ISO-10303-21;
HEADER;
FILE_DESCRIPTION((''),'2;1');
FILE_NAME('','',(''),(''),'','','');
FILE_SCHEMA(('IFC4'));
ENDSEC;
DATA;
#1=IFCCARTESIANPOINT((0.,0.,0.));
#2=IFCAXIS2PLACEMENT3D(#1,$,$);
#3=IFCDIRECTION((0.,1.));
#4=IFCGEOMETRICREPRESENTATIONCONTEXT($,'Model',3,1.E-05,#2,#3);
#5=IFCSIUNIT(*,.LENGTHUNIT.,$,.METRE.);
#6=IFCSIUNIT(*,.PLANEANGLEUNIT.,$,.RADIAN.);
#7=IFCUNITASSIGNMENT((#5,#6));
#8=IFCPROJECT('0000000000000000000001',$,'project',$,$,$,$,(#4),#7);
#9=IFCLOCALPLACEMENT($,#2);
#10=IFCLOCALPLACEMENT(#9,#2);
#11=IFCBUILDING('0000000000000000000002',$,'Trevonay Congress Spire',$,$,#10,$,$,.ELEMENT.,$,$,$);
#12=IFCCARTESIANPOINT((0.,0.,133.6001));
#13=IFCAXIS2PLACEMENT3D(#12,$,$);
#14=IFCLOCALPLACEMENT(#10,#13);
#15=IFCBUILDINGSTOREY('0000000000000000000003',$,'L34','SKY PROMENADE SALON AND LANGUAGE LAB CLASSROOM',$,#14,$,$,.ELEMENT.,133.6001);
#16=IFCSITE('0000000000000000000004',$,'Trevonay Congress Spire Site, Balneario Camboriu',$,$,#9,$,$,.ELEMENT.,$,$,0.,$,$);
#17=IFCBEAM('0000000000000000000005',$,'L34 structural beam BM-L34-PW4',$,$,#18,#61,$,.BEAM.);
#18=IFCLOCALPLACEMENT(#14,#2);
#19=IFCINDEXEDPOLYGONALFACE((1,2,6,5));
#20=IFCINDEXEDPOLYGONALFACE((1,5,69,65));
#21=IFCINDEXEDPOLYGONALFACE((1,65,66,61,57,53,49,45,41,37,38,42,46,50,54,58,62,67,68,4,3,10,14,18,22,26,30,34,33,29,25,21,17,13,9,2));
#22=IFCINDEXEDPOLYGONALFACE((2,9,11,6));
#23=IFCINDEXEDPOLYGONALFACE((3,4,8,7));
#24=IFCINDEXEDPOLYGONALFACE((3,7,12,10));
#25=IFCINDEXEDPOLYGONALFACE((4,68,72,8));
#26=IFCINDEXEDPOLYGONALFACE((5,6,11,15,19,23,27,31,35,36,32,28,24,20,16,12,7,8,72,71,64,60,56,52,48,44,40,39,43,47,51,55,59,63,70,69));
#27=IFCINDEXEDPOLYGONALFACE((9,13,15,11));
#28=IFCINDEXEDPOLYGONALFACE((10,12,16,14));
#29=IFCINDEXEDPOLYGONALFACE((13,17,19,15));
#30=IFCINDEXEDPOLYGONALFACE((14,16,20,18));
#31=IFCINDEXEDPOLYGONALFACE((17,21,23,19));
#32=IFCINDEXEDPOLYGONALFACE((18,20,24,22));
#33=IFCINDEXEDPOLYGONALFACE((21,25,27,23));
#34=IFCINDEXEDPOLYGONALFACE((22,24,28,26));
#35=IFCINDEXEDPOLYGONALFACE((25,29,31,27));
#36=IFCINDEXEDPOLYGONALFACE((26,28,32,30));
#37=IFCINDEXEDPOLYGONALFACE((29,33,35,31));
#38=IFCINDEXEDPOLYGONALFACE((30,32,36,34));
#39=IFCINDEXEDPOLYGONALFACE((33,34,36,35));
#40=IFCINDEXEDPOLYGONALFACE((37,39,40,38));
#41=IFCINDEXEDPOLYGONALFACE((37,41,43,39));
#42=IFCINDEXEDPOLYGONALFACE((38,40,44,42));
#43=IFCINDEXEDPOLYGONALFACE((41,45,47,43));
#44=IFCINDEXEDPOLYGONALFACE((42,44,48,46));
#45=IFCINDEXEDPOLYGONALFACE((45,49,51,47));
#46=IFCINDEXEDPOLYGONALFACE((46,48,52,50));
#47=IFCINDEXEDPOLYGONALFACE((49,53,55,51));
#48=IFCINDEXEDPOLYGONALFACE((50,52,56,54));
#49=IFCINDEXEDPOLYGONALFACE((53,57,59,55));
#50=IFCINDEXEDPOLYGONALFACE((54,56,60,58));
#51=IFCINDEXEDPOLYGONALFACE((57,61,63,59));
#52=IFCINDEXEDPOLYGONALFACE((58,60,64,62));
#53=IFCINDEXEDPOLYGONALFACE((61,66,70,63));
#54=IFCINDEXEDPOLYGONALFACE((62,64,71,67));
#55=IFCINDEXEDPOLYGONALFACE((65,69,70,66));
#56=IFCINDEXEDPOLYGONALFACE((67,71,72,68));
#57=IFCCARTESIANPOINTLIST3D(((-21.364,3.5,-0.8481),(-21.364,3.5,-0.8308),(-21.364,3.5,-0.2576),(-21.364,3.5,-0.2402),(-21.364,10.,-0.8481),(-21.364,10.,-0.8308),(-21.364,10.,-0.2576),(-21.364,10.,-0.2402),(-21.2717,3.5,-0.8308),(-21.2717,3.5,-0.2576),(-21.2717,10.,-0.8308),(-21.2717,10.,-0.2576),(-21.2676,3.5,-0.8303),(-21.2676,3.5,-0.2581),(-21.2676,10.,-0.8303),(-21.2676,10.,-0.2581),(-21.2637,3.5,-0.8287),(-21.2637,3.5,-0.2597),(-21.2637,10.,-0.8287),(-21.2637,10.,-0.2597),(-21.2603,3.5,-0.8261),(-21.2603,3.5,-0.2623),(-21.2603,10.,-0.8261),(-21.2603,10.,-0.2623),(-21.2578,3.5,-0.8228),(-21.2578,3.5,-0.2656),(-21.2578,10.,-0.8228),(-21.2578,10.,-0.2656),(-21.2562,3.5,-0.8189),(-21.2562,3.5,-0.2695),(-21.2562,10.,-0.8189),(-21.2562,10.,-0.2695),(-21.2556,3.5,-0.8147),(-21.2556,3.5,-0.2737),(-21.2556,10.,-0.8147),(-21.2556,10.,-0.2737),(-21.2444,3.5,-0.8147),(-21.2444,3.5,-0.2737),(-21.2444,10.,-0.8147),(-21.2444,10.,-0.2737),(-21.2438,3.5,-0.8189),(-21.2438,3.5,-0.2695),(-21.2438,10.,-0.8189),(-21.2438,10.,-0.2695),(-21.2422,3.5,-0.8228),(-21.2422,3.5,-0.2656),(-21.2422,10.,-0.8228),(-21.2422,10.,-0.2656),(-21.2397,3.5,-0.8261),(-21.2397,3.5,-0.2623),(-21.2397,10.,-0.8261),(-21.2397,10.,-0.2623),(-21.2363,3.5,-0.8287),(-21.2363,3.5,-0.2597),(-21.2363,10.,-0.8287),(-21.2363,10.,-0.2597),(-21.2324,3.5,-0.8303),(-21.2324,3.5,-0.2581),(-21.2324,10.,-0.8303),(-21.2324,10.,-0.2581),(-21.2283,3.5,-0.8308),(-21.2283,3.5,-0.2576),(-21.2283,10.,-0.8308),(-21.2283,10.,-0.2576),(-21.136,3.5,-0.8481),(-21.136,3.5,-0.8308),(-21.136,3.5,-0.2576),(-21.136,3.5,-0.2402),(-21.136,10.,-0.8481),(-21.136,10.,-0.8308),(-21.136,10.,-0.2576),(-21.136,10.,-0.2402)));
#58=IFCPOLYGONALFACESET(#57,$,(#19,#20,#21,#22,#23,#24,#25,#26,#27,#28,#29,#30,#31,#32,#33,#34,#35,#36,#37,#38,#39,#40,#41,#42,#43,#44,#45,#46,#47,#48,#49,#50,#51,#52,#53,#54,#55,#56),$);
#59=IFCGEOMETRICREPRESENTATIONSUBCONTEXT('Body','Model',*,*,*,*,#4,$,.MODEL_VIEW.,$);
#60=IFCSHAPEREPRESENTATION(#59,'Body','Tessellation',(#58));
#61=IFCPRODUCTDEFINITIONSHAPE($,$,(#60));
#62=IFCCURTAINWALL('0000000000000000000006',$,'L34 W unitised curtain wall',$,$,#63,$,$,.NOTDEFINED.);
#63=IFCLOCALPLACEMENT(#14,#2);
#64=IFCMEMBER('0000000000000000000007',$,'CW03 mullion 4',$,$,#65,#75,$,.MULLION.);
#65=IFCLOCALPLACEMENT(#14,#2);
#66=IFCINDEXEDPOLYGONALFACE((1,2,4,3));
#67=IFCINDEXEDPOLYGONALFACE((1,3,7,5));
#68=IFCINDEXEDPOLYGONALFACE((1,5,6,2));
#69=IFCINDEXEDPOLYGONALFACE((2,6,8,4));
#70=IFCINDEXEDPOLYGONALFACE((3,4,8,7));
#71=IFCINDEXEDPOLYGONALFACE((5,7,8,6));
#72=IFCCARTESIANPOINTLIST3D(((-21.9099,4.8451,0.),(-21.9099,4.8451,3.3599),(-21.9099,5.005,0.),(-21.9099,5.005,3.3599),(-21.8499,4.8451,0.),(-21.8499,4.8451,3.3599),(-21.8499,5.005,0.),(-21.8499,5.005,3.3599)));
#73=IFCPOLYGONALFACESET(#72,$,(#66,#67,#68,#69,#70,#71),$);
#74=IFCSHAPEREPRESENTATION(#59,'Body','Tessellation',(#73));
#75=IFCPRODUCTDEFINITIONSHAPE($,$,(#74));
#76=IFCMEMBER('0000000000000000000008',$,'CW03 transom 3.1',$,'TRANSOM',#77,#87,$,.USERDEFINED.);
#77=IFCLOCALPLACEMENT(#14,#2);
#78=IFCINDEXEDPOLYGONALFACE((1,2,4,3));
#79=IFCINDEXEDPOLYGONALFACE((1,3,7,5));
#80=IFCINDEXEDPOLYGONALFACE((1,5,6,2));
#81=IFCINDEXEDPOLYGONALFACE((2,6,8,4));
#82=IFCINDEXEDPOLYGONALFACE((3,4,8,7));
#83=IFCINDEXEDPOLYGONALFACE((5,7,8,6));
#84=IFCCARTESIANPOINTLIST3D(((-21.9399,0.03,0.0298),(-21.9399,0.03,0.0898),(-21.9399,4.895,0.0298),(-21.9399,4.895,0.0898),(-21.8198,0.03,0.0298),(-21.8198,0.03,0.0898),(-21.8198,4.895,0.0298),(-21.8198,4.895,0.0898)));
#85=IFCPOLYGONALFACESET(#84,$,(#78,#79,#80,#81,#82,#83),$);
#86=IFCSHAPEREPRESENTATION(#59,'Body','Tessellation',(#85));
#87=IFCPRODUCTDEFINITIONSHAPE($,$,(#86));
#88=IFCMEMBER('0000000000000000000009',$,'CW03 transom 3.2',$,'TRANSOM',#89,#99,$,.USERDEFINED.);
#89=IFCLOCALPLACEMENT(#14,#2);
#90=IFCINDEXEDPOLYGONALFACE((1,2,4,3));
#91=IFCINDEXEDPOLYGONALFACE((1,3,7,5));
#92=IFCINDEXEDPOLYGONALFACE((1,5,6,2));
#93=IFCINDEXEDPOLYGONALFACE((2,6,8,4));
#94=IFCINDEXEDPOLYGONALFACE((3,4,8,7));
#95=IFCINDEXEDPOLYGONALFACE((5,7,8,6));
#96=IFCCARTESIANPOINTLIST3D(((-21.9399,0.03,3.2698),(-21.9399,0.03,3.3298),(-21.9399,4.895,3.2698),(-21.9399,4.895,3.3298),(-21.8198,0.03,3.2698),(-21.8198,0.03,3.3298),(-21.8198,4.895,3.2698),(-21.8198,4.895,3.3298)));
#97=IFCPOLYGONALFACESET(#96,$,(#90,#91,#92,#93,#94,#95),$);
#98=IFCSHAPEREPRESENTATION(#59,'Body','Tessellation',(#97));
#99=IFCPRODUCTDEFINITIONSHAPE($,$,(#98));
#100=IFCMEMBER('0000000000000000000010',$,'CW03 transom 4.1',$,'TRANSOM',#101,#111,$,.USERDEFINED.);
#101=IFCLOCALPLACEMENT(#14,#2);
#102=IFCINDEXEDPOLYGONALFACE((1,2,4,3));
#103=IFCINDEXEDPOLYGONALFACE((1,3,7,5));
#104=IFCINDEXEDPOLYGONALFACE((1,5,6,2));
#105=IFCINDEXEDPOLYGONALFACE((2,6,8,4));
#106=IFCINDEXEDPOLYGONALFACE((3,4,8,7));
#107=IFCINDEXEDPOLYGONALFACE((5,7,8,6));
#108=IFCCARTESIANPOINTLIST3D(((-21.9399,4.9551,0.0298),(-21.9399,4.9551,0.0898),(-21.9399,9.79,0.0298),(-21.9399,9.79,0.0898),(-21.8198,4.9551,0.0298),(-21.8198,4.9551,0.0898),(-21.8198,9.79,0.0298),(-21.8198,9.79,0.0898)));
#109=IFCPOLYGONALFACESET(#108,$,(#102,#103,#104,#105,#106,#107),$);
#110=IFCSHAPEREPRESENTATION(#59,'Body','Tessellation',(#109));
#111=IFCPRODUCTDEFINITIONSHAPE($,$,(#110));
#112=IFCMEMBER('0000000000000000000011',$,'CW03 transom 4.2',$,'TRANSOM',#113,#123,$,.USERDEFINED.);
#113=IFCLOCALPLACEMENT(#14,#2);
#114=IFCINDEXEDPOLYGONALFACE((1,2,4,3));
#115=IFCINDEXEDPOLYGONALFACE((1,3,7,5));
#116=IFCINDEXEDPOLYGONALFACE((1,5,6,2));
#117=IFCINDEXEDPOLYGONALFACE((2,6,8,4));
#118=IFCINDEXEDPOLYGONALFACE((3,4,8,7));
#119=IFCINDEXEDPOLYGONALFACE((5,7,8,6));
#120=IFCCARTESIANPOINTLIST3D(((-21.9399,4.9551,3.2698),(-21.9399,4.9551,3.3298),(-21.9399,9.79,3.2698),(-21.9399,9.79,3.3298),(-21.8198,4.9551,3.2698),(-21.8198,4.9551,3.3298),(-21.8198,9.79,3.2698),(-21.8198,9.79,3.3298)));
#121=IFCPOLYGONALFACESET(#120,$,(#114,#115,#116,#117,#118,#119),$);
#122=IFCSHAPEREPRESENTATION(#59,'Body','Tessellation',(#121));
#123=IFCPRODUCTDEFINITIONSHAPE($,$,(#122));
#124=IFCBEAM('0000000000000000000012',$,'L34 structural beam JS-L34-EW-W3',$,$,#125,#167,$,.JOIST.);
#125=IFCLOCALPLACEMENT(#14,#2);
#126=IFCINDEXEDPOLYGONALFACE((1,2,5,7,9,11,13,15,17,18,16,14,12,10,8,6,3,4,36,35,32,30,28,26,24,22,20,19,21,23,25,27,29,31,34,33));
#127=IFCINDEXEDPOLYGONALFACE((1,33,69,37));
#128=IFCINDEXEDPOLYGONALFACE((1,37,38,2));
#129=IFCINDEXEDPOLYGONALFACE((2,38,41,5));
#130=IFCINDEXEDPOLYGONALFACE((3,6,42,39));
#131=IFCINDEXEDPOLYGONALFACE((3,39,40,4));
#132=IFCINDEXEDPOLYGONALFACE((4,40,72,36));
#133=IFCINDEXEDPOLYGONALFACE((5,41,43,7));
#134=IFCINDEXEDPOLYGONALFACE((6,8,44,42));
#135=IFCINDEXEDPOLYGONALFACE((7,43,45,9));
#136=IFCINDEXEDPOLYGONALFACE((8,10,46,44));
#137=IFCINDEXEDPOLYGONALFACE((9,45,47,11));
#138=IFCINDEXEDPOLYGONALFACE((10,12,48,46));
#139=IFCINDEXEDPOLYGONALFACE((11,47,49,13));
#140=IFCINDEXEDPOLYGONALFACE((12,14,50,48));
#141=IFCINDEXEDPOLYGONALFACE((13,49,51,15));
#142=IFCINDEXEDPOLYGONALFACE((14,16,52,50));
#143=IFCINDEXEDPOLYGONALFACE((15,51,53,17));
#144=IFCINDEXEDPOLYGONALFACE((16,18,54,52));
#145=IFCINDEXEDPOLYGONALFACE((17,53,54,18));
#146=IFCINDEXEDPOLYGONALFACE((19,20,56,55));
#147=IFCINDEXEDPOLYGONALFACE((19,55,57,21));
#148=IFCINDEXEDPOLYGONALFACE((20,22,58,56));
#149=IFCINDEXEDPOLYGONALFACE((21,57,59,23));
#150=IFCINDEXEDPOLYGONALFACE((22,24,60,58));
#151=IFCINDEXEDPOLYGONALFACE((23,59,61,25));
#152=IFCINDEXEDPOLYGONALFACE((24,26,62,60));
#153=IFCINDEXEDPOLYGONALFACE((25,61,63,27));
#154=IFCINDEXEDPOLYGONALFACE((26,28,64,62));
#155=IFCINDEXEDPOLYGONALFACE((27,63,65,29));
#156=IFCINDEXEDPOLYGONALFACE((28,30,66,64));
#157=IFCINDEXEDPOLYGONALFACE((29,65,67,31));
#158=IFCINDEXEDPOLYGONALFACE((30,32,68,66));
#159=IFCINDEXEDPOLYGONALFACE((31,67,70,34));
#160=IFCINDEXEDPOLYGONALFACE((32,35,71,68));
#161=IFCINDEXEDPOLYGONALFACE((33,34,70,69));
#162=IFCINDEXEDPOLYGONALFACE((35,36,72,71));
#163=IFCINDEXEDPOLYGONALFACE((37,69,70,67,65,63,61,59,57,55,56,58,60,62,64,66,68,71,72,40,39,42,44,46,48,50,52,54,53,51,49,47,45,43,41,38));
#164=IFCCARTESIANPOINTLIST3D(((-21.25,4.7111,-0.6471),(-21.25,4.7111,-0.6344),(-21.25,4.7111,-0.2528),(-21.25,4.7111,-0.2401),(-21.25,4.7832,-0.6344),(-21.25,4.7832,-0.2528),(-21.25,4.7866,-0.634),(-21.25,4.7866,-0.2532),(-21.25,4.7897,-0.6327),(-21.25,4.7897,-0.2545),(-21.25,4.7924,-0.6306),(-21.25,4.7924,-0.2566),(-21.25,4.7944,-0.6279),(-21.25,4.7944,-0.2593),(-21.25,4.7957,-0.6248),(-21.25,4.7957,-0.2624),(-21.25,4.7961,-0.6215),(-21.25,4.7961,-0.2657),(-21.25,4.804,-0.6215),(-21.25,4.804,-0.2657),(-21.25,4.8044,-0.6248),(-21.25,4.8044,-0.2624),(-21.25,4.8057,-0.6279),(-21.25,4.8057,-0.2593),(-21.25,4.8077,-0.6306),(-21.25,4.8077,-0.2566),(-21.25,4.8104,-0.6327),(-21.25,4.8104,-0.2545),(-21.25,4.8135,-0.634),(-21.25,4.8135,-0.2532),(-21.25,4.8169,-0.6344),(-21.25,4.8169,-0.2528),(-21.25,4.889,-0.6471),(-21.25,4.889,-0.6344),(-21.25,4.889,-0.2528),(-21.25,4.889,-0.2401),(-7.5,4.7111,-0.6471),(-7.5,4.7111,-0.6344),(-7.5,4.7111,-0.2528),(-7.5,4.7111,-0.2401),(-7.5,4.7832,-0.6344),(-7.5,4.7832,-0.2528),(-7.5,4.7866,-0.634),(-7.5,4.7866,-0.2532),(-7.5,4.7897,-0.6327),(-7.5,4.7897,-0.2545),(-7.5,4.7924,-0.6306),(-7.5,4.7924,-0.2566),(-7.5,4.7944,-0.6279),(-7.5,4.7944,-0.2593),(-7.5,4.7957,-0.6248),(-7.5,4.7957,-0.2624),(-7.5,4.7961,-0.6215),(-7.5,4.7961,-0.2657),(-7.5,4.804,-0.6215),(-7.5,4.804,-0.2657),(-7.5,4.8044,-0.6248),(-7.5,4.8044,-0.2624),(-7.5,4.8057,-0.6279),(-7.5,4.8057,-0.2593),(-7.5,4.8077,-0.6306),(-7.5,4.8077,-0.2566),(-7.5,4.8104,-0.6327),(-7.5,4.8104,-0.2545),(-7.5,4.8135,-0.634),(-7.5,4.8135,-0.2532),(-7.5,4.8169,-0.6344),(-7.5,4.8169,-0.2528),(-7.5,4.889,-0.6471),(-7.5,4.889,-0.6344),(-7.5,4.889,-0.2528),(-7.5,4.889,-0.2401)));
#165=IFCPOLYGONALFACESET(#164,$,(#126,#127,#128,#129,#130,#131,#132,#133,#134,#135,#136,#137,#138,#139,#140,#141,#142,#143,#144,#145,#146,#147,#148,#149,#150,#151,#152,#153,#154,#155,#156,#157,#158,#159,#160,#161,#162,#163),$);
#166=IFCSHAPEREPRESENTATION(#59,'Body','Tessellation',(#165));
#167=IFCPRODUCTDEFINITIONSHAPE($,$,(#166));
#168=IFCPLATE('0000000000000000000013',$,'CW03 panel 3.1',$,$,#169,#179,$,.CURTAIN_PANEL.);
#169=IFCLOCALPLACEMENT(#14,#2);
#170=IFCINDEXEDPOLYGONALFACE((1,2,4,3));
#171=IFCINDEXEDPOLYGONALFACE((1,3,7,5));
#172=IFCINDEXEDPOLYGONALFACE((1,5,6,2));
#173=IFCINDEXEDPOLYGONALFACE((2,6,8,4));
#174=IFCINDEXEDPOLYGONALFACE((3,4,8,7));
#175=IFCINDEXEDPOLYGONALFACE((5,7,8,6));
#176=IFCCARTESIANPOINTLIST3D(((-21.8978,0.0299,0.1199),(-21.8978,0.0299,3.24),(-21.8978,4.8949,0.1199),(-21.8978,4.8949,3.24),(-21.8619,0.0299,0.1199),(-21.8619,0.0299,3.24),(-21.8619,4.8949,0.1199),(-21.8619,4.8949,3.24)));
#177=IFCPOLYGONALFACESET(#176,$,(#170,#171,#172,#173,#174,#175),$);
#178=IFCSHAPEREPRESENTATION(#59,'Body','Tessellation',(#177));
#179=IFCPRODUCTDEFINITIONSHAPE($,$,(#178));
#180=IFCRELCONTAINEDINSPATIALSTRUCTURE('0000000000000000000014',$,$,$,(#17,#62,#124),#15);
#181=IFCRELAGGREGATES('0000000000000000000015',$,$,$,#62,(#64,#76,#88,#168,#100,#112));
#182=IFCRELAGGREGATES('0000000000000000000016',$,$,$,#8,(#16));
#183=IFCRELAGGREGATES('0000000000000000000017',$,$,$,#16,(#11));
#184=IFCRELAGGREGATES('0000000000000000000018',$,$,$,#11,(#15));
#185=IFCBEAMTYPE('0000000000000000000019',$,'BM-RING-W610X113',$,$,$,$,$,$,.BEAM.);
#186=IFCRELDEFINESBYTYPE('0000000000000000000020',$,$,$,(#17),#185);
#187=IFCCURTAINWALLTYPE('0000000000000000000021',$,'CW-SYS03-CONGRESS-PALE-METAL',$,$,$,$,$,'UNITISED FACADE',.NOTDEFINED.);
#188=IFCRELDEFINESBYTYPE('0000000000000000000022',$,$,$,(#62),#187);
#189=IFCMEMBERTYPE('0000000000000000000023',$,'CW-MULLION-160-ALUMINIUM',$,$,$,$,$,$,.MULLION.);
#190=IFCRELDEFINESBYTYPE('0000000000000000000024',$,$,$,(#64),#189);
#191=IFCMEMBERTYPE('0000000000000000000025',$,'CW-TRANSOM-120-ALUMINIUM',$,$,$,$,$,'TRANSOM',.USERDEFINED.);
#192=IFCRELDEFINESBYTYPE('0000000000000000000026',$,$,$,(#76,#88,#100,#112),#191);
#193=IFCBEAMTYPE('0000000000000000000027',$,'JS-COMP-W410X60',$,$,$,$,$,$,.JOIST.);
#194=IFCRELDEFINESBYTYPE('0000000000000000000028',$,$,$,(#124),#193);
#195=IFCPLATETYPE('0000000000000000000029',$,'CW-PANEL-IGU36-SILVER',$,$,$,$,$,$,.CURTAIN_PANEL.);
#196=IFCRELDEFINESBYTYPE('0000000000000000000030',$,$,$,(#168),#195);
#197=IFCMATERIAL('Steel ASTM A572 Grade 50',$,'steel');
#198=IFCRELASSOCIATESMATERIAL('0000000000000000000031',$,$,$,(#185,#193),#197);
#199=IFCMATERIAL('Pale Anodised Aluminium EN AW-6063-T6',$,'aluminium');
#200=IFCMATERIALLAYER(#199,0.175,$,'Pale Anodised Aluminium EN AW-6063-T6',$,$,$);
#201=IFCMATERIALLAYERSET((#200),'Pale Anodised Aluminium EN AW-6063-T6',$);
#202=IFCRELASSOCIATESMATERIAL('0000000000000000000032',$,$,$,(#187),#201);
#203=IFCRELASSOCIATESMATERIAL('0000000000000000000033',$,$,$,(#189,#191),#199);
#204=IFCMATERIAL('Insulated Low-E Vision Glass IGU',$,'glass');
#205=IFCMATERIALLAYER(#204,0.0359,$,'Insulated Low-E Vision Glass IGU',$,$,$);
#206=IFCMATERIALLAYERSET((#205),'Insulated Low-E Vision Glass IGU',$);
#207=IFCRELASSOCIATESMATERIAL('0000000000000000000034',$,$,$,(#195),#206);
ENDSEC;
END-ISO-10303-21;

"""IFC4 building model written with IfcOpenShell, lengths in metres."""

from ifc_helpers import new_model, si_unit, direction, frame, origin, origin_2d, place, context, subcontext, project, spatial, rectangle, i_section, extrude, material, layer, layer_set, material_profile, profile_set, type_object, element, aggregate, save


model = new_model("IFC4")

# Units and contexts
model_context = context("Model", 3, precision=1e-05, world=origin(), true_north=direction((0.0, 1.0)))
body_context = subcontext(model_context, "Body", "Model", "MODEL_VIEW")
ifc_project = project(units=[si_unit("LENGTHUNIT", "METRE"), si_unit("PLANEANGLEUNIT", "RADIAN")], contexts=[model_context])

# Site, building, storey
site_placement = place(None, origin())
site = spatial("IfcSite", under=ifc_project, at=site_placement, Name="Trevonay Congress Spire Site, Balneario Camboriu", CompositionType="ELEMENT", RefElevation=0.0)
building_placement = place(site_placement, origin())
building = spatial("IfcBuilding", under=site, at=building_placement, Name="Trevonay Congress Spire", CompositionType="ELEMENT")
storey_placement = place(building_placement, frame((0.0, 0.0, 133.6001)))
storey = spatial("IfcBuildingStorey", under=building, at=storey_placement, Name="L34", Description="SKY PROMENADE SALON AND LANGUAGE LAB CLASSROOM", CompositionType="ELEMENT", Elevation=133.6001)

# Shared definitions
ifc_material_1 = material(Name="Steel ASTM A572 Grade 50", Category="steel")

# Beam
ifc_material_profile_1 = material_profile(ifc_material_1, i_section(OverallWidth=0.228, OverallDepth=0.6079, WebThickness=0.0112, FlangeThickness=0.0173, FilletRadius=0.0161, at=origin_2d()), Name="W610x113")
ifc_profile_set_1 = profile_set([ifc_material_profile_1], Name="Steel ASTM A572 Grade 50")
beam_type_1 = type_object("IfcBeamType", Name="BM-RING-W610X113", PredefinedType="BEAM", material=ifc_profile_set_1)
beam_1_placement = place(storey_placement, frame((-21.25, 3.5, -0.5442), z_axis=(0.0, 1.0, 0.0), x_axis=(-1.0, 0.0, 0.0)))
element("IfcBeam", 1, at=beam_1_placement, inside=storey, type_object=beam_type_1, Name="L34 structural beam BM-L34-PW4", PredefinedType="BEAM", context=body_context, shape_type="SweptSolid", body=[
    extrude(i_section(OverallWidth=0.228, OverallDepth=0.6079, WebThickness=0.0112, FlangeThickness=0.0173, FilletRadius=0.0161, at=origin_2d()), origin(), (0.0, 0.0, 1.0), 6.5),
])

# Curtain wall, members
ifc_material_2 = material(Name="Pale Anodised Aluminium EN AW-6063-T6", Category="aluminium")
ifc_layer_1 = layer(ifc_material_2, 0.175, Name="Pale Anodised Aluminium EN AW-6063-T6")
ifc_layer_set_1 = layer_set([ifc_layer_1], Name="Pale Anodised Aluminium EN AW-6063-T6")
curtain_wall_type = type_object("IfcCurtainWallType", Name="CW-SYS03-CONGRESS-PALE-METAL", ElementType="UNITISED FACADE", PredefinedType="NOTDEFINED", material=ifc_layer_set_1)
curtain_wall_placement = place(storey_placement, origin())
curtain_wall = element("IfcCurtainWall", 2, at=curtain_wall_placement, inside=storey, type_object=curtain_wall_type, Name="L34 W unitised curtain wall", PredefinedType="NOTDEFINED")
ifc_material_profile_2 = material_profile(ifc_material_2, rectangle(XDim=0.0601, YDim=0.1599, at=origin_2d()), Name="CW-MULLION-160-ALUMINIUM")
ifc_profile_set_2 = profile_set([ifc_material_profile_2], Name="Pale Anodised Aluminium EN AW-6063-T6")
member_type_1 = type_object("IfcMemberType", Name="CW-MULLION-160-ALUMINIUM", PredefinedType="MULLION", material=ifc_profile_set_2)
member_1_placement = place(storey_placement, frame((-21.8799, 4.925, 0.0), z_axis=(0.0, 0.0, 1.0), x_axis=(-1.0, 0.0, 0.0)))
member_1 = element("IfcMember", 3, at=member_1_placement, type_object=member_type_1, Name="CW03 mullion 4", PredefinedType="MULLION", context=body_context, shape_type="SweptSolid", body=[
    extrude(rectangle(XDim=0.0601, YDim=0.1599, at=origin_2d()), origin(), (0.0, 0.0, 1.0), 3.3599),
])
ifc_material_profile_3 = material_profile(ifc_material_2, rectangle(XDim=0.1201, YDim=0.0601, at=origin_2d()), Name="CW-TRANSOM-120-ALUMINIUM")
ifc_profile_set_3 = profile_set([ifc_material_profile_3], Name="Pale Anodised Aluminium EN AW-6063-T6")
member_type_2 = type_object("IfcMemberType", Name="CW-TRANSOM-120-ALUMINIUM", ElementType="TRANSOM", PredefinedType="USERDEFINED", material=ifc_profile_set_3)
member_2_placement = place(storey_placement, frame((-21.8799, 0.03, 0.0598), z_axis=(0.0, 1.0, 0.0), x_axis=(-1.0, 0.0, 0.0)))
member_2 = element("IfcMember", 4, at=member_2_placement, type_object=member_type_2, Name="CW03 transom 3.1", ObjectType="TRANSOM", PredefinedType="USERDEFINED", context=body_context, shape_type="SweptSolid", body=[
    extrude(rectangle(XDim=0.1201, YDim=0.0601, at=origin_2d()), origin(), (0.0, 0.0, 1.0), 4.865),
])
member_3_placement = place(storey_placement, frame((-21.8799, 0.03, 3.2998), z_axis=(0.0, 1.0, 0.0), x_axis=(-1.0, 0.0, 0.0)))
member_3 = element("IfcMember", 5, at=member_3_placement, type_object=member_type_2, Name="CW03 transom 3.2", ObjectType="TRANSOM", PredefinedType="USERDEFINED", context=body_context, shape_type="SweptSolid", body=[
    extrude(rectangle(XDim=0.1201, YDim=0.0601, at=origin_2d()), origin(), (0.0, 0.0, 1.0), 4.865),
])
member_4_placement = place(storey_placement, frame((-21.8799, 4.9551, 0.0598), z_axis=(0.0, 1.0, 0.0), x_axis=(-1.0, 0.0, 0.0)))
member_4 = element("IfcMember", 6, at=member_4_placement, type_object=member_type_2, Name="CW03 transom 4.1", ObjectType="TRANSOM", PredefinedType="USERDEFINED", context=body_context, shape_type="SweptSolid", body=[
    extrude(rectangle(XDim=0.1201, YDim=0.0601, at=origin_2d()), origin(), (0.0, 0.0, 1.0), 4.835),
])
member_5_placement = place(storey_placement, frame((-21.8799, 4.9551, 3.2998), z_axis=(0.0, 1.0, 0.0), x_axis=(-1.0, 0.0, 0.0)))
member_5 = element("IfcMember", 7, at=member_5_placement, type_object=member_type_2, Name="CW03 transom 4.2", ObjectType="TRANSOM", PredefinedType="USERDEFINED", context=body_context, shape_type="SweptSolid", body=[
    extrude(rectangle(XDim=0.1201, YDim=0.0601, at=origin_2d()), origin(), (0.0, 0.0, 1.0), 4.835),
])

# Beam
ifc_material_profile_4 = material_profile(ifc_material_1, i_section(OverallWidth=0.178, OverallDepth=0.407, WebThickness=0.0078, FlangeThickness=0.0127, FilletRadius=0.0129, at=origin_2d()), Name="W410x60")
ifc_profile_set_4 = profile_set([ifc_material_profile_4], Name="Steel ASTM A572 Grade 50")
beam_type_2 = type_object("IfcBeamType", Name="JS-COMP-W410X60", PredefinedType="JOIST", material=ifc_profile_set_4)
beam_2_placement = place(storey_placement, frame((-21.25, 4.8, -0.4436), z_axis=(1.0, 0.0, 0.0), x_axis=(0.0, 1.0, 0.0)))
element("IfcBeam", 8, at=beam_2_placement, inside=storey, type_object=beam_type_2, Name="L34 structural beam JS-L34-EW-W3", PredefinedType="JOIST", context=body_context, shape_type="SweptSolid", body=[
    extrude(i_section(OverallWidth=0.178, OverallDepth=0.407, WebThickness=0.0078, FlangeThickness=0.0127, FilletRadius=0.0129, at=origin_2d()), origin(), (0.0, 0.0, 1.0), 13.75),
])

# Plate
ifc_material_3 = material(Name="Insulated Low-E Vision Glass IGU", Category="glass")
ifc_layer_2 = layer(ifc_material_3, 0.0359, Name="Insulated Low-E Vision Glass IGU")
ifc_layer_set_2 = layer_set([ifc_layer_2], Name="Insulated Low-E Vision Glass IGU")
plate_type = type_object("IfcPlateType", Name="CW-PANEL-IGU36-SILVER", PredefinedType="CURTAIN_PANEL", material=ifc_layer_set_2)
plate_1_placement = place(storey_placement, frame((-21.8799, 2.4624, 0.1199), z_axis=(0.0, 0.0, 1.0), x_axis=(0.0, 1.0, 0.0)))
plate_1 = element("IfcPlate", 9, at=plate_1_placement, type_object=plate_type, Name="CW03 panel 3.1", PredefinedType="CURTAIN_PANEL", context=body_context, shape_type="SweptSolid", body=[
    extrude(rectangle(XDim=4.865, YDim=0.0359, at=origin_2d()), origin(), (0.0, 0.0, 1.0), 3.1201),
])
aggregate(curtain_wall, [member_1, member_2, member_3, plate_1, member_4, member_5])

save(model, "model.ifc")
